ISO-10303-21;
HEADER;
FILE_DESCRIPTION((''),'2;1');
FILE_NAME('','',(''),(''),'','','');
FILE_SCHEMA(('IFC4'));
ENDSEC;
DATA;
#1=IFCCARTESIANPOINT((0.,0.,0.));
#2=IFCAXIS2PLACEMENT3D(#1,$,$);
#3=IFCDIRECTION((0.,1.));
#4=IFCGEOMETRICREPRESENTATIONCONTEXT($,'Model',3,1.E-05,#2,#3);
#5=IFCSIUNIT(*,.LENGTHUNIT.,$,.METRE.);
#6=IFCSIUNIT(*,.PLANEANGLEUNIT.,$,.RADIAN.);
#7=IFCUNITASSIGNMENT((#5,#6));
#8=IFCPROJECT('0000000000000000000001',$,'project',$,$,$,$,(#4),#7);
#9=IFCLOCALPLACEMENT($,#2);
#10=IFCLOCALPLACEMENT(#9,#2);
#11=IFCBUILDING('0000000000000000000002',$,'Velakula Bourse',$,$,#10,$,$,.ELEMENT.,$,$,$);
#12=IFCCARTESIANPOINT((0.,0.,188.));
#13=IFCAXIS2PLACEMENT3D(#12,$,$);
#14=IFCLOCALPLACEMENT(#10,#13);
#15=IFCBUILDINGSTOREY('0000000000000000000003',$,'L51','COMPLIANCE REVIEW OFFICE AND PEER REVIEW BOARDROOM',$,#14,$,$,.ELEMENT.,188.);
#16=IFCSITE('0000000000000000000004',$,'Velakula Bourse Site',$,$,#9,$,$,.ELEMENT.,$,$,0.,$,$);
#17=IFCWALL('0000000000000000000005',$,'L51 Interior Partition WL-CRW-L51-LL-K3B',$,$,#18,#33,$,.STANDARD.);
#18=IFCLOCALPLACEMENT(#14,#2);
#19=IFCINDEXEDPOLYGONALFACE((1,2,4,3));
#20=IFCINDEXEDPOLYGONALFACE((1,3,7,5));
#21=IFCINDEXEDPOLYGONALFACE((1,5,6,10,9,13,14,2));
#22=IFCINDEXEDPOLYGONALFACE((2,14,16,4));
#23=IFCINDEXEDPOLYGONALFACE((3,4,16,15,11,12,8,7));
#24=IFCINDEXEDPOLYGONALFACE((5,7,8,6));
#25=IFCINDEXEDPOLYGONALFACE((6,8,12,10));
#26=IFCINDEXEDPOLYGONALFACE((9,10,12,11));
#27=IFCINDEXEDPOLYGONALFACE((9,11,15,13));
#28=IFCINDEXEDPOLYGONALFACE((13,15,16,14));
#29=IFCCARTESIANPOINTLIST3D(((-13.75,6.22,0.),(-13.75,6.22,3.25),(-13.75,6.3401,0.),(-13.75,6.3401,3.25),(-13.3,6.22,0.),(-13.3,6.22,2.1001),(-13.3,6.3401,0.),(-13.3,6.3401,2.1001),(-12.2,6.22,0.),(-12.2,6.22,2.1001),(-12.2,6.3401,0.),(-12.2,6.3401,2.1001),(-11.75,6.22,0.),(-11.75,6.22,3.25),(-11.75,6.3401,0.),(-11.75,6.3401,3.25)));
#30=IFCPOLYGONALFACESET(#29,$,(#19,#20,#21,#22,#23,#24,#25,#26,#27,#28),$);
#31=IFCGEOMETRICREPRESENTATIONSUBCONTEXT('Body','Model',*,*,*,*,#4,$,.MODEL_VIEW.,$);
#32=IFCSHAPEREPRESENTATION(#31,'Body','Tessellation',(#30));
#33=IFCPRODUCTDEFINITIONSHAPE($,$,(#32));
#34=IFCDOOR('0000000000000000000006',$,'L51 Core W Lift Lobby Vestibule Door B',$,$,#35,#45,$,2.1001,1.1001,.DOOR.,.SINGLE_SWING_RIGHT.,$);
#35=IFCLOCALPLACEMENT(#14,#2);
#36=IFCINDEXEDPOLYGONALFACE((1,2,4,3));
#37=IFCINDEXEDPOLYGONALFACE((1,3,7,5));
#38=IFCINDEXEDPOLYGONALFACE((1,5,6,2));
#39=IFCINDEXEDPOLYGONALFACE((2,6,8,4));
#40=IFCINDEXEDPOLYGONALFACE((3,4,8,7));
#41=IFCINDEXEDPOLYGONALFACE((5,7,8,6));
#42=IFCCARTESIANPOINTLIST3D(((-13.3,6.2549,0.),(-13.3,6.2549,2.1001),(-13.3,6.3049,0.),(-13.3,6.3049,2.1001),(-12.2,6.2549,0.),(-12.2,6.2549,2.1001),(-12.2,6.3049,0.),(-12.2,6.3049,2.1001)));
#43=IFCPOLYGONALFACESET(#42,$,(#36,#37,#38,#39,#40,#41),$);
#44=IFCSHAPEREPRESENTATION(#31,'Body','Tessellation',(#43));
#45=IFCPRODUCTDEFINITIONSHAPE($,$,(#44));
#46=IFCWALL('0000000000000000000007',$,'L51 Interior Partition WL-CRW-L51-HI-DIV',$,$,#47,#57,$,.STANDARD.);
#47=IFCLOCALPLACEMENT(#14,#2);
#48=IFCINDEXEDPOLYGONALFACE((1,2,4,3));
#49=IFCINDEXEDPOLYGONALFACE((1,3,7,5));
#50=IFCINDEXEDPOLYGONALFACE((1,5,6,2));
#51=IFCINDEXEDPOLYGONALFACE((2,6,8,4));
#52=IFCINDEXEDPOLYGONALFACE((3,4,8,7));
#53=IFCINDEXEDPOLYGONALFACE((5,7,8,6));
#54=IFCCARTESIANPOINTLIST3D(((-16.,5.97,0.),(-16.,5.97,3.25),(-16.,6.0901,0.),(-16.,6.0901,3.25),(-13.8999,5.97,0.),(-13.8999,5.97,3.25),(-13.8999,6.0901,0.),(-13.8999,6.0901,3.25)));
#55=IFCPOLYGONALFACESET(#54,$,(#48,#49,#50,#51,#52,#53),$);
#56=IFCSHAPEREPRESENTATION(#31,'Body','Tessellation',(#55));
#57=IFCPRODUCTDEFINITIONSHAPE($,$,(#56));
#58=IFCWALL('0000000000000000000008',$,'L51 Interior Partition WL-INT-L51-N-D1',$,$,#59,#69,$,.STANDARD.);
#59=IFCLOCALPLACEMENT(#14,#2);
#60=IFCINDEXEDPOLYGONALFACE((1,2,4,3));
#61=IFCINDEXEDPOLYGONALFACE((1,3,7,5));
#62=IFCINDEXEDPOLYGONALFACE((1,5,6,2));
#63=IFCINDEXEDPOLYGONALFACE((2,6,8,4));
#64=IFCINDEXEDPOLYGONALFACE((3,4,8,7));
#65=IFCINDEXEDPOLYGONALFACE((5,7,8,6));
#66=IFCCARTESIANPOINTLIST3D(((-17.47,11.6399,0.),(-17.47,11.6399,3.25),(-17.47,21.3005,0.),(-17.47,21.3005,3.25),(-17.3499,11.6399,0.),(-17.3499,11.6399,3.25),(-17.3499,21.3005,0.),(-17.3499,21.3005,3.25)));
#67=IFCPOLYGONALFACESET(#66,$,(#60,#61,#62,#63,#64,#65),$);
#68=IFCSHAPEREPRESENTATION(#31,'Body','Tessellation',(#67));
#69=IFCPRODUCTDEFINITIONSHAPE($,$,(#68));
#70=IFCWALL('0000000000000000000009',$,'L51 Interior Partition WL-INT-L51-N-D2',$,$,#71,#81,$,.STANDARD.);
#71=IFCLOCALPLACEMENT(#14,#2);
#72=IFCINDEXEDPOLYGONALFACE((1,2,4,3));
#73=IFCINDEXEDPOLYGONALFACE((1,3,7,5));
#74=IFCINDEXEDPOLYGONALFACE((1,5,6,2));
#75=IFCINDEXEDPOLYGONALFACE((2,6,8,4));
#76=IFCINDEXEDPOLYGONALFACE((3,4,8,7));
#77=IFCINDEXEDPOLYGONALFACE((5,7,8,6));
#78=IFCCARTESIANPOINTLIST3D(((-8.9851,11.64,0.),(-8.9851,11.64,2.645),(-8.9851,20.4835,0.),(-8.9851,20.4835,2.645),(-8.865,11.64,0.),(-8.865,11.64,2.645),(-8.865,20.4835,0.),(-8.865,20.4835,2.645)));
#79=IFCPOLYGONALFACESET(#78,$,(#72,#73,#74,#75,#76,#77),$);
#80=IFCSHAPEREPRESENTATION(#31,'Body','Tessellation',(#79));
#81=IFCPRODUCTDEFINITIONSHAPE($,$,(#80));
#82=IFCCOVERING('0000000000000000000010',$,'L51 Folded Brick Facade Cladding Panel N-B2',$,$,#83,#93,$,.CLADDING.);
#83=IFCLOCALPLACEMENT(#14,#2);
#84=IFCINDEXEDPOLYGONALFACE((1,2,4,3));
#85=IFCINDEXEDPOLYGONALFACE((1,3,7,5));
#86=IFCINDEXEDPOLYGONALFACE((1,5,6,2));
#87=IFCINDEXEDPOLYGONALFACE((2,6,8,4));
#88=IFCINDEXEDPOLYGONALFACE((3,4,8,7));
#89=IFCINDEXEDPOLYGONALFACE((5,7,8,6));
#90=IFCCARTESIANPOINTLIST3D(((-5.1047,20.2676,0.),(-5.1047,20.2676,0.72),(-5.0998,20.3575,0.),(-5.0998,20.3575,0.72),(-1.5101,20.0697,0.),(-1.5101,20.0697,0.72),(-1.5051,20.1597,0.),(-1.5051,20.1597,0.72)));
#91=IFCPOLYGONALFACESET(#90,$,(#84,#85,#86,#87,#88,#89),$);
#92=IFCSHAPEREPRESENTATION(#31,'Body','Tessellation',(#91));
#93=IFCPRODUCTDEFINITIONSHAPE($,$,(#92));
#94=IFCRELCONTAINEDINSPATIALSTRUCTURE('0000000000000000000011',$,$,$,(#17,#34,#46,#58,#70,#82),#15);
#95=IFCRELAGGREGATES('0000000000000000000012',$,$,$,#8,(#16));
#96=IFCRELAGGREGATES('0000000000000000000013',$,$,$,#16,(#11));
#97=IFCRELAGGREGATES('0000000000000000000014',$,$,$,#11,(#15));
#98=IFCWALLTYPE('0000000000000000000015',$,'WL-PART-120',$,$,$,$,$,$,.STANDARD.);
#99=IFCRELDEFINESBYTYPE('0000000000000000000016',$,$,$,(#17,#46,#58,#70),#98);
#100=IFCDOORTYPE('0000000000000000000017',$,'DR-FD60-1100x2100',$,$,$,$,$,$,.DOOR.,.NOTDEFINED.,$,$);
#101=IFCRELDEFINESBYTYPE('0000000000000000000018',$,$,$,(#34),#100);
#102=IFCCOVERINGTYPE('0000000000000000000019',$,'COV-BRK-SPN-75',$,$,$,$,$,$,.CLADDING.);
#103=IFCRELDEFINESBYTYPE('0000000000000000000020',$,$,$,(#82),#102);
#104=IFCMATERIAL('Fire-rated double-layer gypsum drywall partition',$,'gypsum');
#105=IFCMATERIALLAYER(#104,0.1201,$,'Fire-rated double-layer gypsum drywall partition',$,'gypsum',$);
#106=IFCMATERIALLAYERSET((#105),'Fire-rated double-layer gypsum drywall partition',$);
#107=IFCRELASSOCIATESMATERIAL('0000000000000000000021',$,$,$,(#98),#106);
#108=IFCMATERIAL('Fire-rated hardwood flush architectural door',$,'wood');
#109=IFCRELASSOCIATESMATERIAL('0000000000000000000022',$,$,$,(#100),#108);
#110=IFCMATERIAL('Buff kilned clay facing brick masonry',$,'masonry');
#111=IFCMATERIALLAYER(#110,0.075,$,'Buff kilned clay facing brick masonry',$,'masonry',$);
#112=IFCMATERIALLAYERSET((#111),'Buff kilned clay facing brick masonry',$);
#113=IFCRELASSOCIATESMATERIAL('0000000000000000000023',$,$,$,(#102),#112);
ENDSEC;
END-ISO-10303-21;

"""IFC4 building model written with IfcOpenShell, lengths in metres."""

from ifc_helpers import new_model, si_unit, direction, frame, frame_2d, origin, origin_2d, place, context, subcontext, project, spatial, rectangle, extrude, material, layer, layer_set, type_object, element, fill, save


model = new_model("IFC4")

# Units and contexts
model_context = context("Model", 3, precision=1e-05, world=origin(), true_north=direction((0.0, 1.0)))
body_context = subcontext(model_context, "Body", "Model", "MODEL_VIEW")
ifc_project = project(units=[si_unit("LENGTHUNIT", "METRE"), si_unit("PLANEANGLEUNIT", "RADIAN")], contexts=[model_context])

# Site, building, storey
site_placement = place(None, origin())
site = spatial("IfcSite", under=ifc_project, at=site_placement, Name="Velakula Bourse Site", CompositionType="ELEMENT", RefElevation=0.0)
building_placement = place(site_placement, origin())
building = spatial("IfcBuilding", under=site, at=building_placement, Name="Velakula Bourse", CompositionType="ELEMENT")
storey_placement = place(building_placement, frame((0.0, 0.0, 188.0)))
storey = spatial("IfcBuildingStorey", under=building, at=storey_placement, Name="L51", Description="COMPLIANCE REVIEW OFFICE AND PEER REVIEW BOARDROOM", CompositionType="ELEMENT", Elevation=188.0)

# Wall, opening, door
ifc_material_1 = material(Name="Fire-rated double-layer gypsum drywall partition", Category="gypsum")
ifc_layer_1 = layer(ifc_material_1, 0.1201, Name="Fire-rated double-layer gypsum drywall partition", Category="gypsum")
ifc_layer_set_1 = layer_set([ifc_layer_1], Name="Fire-rated double-layer gypsum drywall partition")
wall_type_1 = type_object("IfcWallType", Name="WL-PART-120", PredefinedType="STANDARD", material=ifc_layer_set_1)
wall_1_placement = place(storey_placement, frame((-13.75, 6.28, 0.0), z_axis=(0.0, 0.0, 1.0), x_axis=(1.0, 0.0, 0.0)))
wall_1 = element("IfcWall", 1, at=wall_1_placement, inside=storey, type_object=wall_type_1, Name="L51 Interior Partition WL-CRW-L51-LL-K3B", PredefinedType="STANDARD", context=body_context, shape_type="SweptSolid", body=[
    extrude(rectangle(XDim=2.0, YDim=0.1201, at=frame_2d((1.0, 0.0))), origin(), (0.0, 0.0, 1.0), 3.25),
])
opening_1_placement = place(wall_1_placement, frame((0.45, 0.0, 0.0)))
opening_1 = element("IfcOpeningElement", 2, at=opening_1_placement, cuts=wall_1, PredefinedType="OPENING", context=body_context, shape_type="SweptSolid", body=[
    extrude(rectangle(XDim=1.1001, YDim=2.1001, at=frame_2d((0.55, 1.05))), frame((0.0, 0.0701, 0.0), z_axis=(0.0, -1.0, 0.0), x_axis=(1.0, 0.0, 0.0)), (0.0, 0.0, 1.0), 0.1401),
])
ifc_material_2 = material(Name="Fire-rated hardwood flush architectural door", Category="wood")
door_type = type_object("IfcDoorType", Name="DR-FD60-1100x2100", OperationType="NOTDEFINED", PredefinedType="DOOR", material=ifc_material_2)
door_placement = place(opening_1_placement, origin())
door = element("IfcDoor", 3, at=door_placement, inside=storey, type_object=door_type, Name="L51 Core W Lift Lobby Vestibule Door B", OperationType="SINGLE_SWING_RIGHT", OverallHeight=2.1001, OverallWidth=1.1001, PredefinedType="DOOR", context=body_context, shape_type="SweptSolid", body=[
    extrude(rectangle(XDim=1.1001, YDim=2.1001, at=frame_2d((0.55, 1.05))), frame((0.0, 0.0249, 0.0), z_axis=(0.0, -1.0, 0.0), x_axis=(1.0, 0.0, 0.0)), (0.0, 0.0, 1.0), 0.05),
])
fill(opening_1, door)

# Walls
wall_2_placement = place(storey_placement, frame((-16.0, 6.03, 0.0), z_axis=(0.0, 0.0, 1.0), x_axis=(1.0, 0.0, 0.0)))
element("IfcWall", 4, at=wall_2_placement, inside=storey, type_object=wall_type_1, Name="L51 Interior Partition WL-CRW-L51-HI-DIV", PredefinedType="STANDARD", context=body_context, shape_type="SweptSolid", body=[
    extrude(rectangle(XDim=2.1001, YDim=0.1201, at=frame_2d((1.05, 0.0))), origin(), (0.0, 0.0, 1.0), 3.25),
])
wall_3_placement = place(storey_placement, frame((-17.4099, 11.6399, 0.0), z_axis=(0.0, 0.0, 1.0), x_axis=(0.0, 1.0, 0.0)))
element("IfcWall", 5, at=wall_3_placement, inside=storey, type_object=wall_type_1, Name="L51 Interior Partition WL-INT-L51-N-D1", PredefinedType="STANDARD", context=body_context, shape_type="SweptSolid", body=[
    extrude(rectangle(XDim=9.6606, YDim=0.1201, at=frame_2d((4.8303, 0.0))), origin(), (0.0, 0.0, 1.0), 3.25),
])
wall_4_placement = place(storey_placement, frame((-8.925, 11.6399, 0.0), z_axis=(0.0, 0.0, 1.0), x_axis=(0.0, 1.0, 0.0)))
element("IfcWall", 6, at=wall_4_placement, inside=storey, type_object=wall_type_1, Name="L51 Interior Partition WL-INT-L51-N-D2", PredefinedType="STANDARD", context=body_context, shape_type="SweptSolid", body=[
    extrude(rectangle(XDim=8.8435, YDim=0.1201, at=frame_2d((4.4219, 0.0))), origin(), (0.0, 0.0, 1.0), 2.645),
])

# Covering
ifc_material_3 = material(Name="Buff kilned clay facing brick masonry", Category="masonry")
ifc_layer_2 = layer(ifc_material_3, 0.075, Name="Buff kilned clay facing brick masonry", Category="masonry")
ifc_layer_set_2 = layer_set([ifc_layer_2], Name="Buff kilned clay facing brick masonry")
covering_type = type_object("IfcCoveringType", Name="COV-BRK-SPN-75", PredefinedType="CLADDING", material=ifc_layer_set_2)
covering_placement = place(storey_placement, frame((-3.3049, 20.2136, 0.0), z_axis=(0.0, 0.0, 1.0), x_axis=(0.998489, -0.05495, 0.0)))
element("IfcCovering", 7, at=covering_placement, inside=storey, type_object=covering_type, Name="L51 Folded Brick Facade Cladding Panel N-B2", PredefinedType="CLADDING", context=body_context, shape_type="SweptSolid", body=[
    extrude(rectangle(XDim=3.6001, YDim=0.0901, at=origin_2d()), origin(), (0.0, 0.0, 1.0), 0.72),
])

save(model, "model.ifc")
